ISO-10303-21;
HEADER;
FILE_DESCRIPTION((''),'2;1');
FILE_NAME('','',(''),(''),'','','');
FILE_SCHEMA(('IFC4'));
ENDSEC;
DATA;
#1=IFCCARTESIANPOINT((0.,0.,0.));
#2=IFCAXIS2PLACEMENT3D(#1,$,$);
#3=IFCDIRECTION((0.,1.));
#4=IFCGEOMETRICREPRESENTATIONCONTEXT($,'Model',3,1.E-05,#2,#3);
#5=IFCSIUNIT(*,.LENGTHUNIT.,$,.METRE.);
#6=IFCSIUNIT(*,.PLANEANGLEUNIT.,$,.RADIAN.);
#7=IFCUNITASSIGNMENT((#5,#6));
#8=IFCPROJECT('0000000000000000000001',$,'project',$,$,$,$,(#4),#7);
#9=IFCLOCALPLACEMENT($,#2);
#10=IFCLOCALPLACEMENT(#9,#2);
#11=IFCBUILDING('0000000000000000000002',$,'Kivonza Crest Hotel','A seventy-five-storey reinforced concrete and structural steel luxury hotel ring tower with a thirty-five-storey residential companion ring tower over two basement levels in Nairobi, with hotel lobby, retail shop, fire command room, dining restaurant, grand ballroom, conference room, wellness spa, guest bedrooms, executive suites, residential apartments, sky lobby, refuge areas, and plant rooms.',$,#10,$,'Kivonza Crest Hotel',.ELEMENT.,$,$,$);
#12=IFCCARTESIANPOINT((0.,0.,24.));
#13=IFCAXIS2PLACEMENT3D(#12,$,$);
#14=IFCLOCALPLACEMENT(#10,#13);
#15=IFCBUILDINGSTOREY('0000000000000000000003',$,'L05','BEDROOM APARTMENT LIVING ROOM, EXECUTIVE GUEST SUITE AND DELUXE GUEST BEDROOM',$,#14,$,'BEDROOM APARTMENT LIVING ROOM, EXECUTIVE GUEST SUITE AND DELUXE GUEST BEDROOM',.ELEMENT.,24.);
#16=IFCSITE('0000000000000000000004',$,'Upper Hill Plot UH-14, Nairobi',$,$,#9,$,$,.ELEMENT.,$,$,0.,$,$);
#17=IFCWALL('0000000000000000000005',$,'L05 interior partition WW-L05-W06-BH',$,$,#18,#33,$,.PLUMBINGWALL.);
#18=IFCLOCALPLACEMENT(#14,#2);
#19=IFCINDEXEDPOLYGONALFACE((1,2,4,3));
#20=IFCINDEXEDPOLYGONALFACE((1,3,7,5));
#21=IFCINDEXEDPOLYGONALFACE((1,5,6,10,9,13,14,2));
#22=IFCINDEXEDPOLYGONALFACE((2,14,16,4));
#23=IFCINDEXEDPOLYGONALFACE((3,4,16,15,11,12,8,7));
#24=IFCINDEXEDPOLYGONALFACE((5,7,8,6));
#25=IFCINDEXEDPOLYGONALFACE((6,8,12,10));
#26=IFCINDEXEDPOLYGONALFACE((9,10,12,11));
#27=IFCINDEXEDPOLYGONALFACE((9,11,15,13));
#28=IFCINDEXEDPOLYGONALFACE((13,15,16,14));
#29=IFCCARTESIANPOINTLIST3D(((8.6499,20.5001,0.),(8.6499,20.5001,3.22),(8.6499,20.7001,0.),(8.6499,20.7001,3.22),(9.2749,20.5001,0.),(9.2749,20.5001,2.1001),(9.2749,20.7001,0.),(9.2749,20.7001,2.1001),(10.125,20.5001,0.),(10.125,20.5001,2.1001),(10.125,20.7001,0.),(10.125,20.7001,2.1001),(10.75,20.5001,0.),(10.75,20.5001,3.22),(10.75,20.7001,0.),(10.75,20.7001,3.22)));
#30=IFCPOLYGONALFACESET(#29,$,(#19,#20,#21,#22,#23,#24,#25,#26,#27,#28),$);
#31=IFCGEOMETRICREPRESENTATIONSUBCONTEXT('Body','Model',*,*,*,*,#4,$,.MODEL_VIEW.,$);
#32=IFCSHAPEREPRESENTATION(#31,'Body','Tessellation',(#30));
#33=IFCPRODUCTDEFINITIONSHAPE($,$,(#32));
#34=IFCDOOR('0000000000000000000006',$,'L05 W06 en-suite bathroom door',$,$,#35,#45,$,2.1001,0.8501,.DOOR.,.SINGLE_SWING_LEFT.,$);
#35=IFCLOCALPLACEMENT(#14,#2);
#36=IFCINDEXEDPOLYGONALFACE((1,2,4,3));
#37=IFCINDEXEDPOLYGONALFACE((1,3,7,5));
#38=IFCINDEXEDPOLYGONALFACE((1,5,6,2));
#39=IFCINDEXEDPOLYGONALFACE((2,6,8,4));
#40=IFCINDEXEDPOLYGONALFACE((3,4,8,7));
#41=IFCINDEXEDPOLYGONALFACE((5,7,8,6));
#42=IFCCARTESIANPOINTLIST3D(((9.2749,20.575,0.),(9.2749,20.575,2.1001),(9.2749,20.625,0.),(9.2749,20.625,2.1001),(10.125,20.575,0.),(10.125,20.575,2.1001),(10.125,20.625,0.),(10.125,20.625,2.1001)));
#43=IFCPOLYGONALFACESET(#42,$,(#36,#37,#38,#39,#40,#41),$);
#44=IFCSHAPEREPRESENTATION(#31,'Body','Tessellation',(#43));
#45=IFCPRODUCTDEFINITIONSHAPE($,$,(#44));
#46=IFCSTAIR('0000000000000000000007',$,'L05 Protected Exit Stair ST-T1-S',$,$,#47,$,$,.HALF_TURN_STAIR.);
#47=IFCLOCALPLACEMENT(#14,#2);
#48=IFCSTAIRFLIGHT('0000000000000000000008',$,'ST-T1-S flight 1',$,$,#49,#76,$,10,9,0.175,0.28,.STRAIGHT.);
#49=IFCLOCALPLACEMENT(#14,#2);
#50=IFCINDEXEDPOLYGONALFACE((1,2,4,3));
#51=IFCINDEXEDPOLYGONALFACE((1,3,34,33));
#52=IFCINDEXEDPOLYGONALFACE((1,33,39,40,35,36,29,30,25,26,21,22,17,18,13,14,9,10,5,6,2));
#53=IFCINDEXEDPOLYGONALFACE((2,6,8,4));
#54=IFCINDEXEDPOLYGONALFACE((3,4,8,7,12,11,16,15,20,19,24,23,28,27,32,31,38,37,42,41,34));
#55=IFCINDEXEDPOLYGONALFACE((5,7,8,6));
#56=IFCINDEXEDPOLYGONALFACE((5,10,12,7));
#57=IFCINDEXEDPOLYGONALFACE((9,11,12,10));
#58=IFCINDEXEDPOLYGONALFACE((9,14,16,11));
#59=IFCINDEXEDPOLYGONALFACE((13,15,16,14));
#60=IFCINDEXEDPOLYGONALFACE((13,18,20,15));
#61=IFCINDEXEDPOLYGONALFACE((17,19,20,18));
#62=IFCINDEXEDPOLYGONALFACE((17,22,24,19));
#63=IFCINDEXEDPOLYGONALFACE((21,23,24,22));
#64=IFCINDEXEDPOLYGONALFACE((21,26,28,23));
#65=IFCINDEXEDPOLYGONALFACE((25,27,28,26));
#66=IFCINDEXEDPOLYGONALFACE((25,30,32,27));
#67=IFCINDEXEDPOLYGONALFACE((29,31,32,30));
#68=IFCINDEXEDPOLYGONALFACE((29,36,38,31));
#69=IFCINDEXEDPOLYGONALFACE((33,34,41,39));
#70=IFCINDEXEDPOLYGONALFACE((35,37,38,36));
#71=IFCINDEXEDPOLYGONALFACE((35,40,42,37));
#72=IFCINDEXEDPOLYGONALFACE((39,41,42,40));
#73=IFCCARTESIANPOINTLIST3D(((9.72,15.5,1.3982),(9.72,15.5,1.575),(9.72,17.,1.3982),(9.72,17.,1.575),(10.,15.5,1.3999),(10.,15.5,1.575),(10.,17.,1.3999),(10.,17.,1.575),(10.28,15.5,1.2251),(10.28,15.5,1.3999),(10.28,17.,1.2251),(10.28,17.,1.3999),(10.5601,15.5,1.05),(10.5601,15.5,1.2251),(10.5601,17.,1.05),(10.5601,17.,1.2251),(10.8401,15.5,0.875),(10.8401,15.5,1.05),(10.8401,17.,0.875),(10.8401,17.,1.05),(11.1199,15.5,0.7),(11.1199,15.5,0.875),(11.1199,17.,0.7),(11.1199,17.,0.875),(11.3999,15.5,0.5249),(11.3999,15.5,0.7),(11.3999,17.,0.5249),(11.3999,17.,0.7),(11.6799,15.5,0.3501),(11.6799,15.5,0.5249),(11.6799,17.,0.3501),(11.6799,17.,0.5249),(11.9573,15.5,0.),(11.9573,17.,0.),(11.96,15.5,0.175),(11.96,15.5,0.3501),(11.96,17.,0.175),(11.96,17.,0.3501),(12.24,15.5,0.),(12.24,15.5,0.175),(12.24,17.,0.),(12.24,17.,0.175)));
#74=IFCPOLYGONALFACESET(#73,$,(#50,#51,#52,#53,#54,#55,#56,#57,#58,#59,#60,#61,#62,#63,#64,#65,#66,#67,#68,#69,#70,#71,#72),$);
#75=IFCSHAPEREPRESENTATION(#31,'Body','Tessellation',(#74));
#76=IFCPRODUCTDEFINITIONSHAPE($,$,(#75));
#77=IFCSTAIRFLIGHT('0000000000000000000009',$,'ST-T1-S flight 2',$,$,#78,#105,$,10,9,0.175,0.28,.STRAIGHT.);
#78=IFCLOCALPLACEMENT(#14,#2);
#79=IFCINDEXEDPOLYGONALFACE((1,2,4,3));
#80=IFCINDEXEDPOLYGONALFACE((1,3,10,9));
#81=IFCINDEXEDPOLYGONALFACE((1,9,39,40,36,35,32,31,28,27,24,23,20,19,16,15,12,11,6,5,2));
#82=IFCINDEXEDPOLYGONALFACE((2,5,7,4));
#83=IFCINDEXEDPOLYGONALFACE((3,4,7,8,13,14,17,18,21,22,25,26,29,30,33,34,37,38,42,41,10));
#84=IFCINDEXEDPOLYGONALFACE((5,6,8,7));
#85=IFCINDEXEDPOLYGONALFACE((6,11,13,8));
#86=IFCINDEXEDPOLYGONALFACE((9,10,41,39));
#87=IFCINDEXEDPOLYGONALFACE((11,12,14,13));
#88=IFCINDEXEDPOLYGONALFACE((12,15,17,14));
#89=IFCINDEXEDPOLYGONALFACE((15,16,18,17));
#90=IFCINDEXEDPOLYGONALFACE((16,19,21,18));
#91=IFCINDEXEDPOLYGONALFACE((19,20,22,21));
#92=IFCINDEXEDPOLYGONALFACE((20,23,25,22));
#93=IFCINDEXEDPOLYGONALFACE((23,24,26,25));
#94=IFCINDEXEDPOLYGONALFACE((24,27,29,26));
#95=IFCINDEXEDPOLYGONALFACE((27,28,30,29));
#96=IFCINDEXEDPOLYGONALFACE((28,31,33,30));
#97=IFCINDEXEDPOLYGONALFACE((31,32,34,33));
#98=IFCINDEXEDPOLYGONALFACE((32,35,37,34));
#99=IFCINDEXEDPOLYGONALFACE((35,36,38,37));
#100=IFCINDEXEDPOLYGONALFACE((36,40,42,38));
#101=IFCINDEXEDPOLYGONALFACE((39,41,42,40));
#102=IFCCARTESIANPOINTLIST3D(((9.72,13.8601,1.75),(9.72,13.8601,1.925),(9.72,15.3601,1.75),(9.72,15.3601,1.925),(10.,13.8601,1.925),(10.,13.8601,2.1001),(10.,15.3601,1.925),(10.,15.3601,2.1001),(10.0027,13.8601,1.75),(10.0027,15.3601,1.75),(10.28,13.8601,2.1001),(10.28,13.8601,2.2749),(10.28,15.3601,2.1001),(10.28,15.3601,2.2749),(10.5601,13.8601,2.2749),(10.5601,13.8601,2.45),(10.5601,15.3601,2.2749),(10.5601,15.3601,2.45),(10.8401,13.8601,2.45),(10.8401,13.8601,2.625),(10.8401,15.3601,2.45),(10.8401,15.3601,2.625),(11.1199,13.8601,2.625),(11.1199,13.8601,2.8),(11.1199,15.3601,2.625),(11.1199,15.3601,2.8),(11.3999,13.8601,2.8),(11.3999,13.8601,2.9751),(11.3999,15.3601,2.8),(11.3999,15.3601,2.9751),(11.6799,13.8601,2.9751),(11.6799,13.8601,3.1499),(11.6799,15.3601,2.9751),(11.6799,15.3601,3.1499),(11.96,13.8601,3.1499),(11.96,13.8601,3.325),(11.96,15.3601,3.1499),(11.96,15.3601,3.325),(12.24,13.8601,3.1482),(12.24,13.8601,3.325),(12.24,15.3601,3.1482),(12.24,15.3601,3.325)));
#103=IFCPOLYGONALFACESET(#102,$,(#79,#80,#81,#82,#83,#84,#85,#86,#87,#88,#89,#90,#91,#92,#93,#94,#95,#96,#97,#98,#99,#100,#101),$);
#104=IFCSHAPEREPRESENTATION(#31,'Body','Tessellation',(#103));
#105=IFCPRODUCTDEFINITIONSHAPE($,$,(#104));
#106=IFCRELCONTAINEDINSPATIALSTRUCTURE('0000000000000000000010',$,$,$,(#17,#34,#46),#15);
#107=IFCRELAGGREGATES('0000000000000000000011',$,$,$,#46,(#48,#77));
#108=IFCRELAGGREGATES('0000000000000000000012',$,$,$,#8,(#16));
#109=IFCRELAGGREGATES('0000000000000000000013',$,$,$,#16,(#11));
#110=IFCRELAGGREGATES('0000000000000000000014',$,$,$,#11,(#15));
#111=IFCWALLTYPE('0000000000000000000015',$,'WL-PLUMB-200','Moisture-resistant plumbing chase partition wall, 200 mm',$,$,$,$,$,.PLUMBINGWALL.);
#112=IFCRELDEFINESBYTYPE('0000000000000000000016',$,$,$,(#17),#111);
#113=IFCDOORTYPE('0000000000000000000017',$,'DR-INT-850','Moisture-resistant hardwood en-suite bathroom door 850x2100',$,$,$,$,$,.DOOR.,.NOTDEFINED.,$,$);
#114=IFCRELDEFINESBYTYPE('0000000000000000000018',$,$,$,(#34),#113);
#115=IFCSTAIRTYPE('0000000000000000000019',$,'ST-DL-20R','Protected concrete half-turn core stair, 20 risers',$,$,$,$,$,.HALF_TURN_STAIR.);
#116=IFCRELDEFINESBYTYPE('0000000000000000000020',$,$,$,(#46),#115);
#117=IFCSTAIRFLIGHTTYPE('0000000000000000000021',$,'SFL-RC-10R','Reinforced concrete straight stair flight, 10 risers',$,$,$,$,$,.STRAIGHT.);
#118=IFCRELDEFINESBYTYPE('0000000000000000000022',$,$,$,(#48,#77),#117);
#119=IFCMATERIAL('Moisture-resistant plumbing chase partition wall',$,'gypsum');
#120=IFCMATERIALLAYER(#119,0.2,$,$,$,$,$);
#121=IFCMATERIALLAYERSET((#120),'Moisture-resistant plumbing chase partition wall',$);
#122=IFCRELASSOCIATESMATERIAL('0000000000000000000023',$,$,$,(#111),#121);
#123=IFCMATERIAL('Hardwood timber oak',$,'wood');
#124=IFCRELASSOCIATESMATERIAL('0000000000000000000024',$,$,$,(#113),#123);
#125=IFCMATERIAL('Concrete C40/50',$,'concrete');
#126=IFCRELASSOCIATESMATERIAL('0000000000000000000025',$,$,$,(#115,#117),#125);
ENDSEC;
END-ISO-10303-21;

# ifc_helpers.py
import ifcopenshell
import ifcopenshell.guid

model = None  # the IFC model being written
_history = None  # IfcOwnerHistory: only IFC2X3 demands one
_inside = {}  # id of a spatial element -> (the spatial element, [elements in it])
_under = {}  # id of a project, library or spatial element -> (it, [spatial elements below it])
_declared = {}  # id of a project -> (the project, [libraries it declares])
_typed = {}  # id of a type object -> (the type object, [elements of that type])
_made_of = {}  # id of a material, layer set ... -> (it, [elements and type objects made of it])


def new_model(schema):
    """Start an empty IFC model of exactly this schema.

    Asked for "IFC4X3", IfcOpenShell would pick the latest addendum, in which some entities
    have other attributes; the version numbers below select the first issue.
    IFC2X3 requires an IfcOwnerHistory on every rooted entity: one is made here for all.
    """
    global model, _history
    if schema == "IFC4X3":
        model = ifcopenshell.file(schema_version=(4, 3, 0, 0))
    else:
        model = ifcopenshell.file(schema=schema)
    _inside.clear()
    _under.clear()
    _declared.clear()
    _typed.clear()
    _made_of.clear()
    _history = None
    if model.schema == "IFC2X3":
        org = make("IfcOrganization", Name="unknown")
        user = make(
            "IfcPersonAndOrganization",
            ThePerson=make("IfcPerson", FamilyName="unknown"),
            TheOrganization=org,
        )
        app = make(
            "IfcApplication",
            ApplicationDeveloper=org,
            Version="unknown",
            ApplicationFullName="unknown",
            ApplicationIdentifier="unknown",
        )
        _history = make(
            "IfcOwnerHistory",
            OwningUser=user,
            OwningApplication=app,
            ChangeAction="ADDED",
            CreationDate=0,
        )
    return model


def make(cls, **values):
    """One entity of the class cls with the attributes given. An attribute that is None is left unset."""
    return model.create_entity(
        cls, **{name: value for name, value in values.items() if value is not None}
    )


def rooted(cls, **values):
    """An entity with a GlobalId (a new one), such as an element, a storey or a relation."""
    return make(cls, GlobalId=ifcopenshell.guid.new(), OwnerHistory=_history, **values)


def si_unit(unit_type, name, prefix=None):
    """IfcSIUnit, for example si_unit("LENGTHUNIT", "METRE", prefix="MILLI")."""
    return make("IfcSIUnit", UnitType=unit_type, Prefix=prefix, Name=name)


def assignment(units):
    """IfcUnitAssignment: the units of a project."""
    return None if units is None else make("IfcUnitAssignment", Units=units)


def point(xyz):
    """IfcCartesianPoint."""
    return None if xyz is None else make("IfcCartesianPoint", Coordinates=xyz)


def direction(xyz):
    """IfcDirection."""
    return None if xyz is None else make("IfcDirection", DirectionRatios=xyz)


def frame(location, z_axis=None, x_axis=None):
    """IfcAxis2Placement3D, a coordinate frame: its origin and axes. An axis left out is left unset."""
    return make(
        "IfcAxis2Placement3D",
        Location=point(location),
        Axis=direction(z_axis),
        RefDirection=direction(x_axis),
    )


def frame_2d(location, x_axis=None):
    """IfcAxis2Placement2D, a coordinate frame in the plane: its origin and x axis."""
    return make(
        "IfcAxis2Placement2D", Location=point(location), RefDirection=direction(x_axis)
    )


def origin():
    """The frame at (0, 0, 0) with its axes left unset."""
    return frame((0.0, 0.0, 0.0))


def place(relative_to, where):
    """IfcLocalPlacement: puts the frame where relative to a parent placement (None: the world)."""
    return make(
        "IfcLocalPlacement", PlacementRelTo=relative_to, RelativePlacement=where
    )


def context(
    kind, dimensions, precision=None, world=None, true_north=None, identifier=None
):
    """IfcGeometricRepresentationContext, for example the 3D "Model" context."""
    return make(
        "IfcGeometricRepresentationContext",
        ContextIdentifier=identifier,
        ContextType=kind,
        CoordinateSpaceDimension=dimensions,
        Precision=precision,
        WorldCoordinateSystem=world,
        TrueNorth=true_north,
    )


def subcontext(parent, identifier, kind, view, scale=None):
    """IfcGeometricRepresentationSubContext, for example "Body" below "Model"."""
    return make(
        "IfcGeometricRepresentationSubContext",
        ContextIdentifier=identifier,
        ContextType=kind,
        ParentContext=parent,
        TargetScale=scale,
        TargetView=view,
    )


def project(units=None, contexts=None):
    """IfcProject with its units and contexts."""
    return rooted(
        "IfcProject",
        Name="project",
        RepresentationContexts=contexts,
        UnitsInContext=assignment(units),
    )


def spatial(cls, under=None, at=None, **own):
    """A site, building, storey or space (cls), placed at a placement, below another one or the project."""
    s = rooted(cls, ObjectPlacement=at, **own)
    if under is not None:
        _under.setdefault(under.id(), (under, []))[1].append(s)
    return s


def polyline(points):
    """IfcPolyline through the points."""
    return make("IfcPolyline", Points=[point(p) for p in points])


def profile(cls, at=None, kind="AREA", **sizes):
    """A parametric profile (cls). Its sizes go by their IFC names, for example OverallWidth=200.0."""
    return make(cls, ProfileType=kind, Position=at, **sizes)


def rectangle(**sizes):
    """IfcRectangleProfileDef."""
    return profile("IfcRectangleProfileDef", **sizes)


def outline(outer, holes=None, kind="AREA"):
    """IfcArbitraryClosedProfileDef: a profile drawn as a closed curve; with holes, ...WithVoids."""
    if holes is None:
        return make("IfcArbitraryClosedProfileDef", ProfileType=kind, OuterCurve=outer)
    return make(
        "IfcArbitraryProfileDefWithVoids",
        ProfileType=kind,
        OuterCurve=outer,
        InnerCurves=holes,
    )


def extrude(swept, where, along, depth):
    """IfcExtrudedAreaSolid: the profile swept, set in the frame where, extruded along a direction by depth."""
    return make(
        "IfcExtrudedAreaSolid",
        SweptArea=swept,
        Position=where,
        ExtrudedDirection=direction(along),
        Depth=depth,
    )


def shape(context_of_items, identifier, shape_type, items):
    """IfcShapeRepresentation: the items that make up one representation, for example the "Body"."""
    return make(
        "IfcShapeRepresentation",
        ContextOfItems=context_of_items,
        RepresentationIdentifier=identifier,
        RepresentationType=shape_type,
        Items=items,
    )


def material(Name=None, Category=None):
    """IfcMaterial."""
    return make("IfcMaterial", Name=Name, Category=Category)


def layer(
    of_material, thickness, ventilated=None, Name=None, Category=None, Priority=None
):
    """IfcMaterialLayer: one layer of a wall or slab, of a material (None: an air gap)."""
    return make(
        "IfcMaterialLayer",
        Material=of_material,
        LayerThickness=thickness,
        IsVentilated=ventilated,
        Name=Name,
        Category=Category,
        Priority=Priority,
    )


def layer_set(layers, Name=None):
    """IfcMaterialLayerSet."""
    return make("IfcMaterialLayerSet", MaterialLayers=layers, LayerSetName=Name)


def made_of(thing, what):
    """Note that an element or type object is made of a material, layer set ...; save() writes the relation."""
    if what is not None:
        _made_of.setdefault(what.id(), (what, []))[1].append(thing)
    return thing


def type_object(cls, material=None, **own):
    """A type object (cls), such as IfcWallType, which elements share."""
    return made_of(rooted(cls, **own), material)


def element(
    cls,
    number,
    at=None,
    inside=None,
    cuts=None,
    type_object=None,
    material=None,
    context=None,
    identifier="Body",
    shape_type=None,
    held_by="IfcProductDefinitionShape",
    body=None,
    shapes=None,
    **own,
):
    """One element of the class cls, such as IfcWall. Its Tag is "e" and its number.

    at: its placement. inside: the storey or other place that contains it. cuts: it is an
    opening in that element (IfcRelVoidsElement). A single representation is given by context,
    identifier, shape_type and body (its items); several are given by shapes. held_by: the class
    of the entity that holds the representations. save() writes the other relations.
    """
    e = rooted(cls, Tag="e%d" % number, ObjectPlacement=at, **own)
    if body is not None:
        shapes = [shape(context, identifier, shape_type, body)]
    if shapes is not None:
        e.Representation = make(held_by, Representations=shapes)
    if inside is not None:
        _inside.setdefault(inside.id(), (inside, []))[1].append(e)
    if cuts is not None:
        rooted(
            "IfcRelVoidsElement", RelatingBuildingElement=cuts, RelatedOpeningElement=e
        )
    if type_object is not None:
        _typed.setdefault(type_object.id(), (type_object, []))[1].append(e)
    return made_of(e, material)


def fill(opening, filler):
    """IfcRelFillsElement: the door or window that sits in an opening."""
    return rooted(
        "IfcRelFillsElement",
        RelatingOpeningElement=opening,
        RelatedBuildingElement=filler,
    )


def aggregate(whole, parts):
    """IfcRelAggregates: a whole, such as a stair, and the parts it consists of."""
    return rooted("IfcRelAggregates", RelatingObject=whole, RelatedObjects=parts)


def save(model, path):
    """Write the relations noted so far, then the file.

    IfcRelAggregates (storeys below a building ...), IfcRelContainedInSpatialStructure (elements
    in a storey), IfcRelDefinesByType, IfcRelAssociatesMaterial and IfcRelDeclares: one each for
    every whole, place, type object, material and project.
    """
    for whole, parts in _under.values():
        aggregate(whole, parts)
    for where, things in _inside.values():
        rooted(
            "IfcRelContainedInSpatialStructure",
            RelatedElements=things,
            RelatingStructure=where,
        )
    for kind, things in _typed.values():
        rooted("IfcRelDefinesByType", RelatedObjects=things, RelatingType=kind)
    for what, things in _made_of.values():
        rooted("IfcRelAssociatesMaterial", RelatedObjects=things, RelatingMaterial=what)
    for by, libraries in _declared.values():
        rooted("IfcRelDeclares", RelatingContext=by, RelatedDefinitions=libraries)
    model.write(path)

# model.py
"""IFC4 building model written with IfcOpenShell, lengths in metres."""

from ifc_helpers import new_model, si_unit, direction, frame, frame_2d, origin, place, context, subcontext, project, spatial, polyline, rectangle, outline, extrude, material, layer, layer_set, type_object, element, fill, aggregate, save


model = new_model("IFC4")

# Units and contexts
model_context = context("Model", 3, precision=1e-05, world=origin(), true_north=direction((0.0, 1.0)))
body_context = subcontext(model_context, "Body", "Model", "MODEL_VIEW")
ifc_project = project(units=[si_unit("LENGTHUNIT", "METRE"), si_unit("PLANEANGLEUNIT", "RADIAN")], contexts=[model_context])

# Site, building, storey
site_placement = place(None, origin())
site = spatial("IfcSite", under=ifc_project, at=site_placement, Name="Upper Hill Plot UH-14, Nairobi", CompositionType="ELEMENT", RefElevation=0.0)
building_placement = place(site_placement, origin())
building = spatial("IfcBuilding", under=site, at=building_placement, Name="Kivonza Crest Hotel", Description="A seventy-five-storey reinforced concrete and structural steel luxury hotel ring tower with a thirty-five-storey residential companion ring tower over two basement levels in Nairobi, with hotel lobby, retail shop, fire command room, dining restaurant, grand ballroom, conference room, wellness spa, guest bedrooms, executive suites, residential apartments, sky lobby, refuge areas, and plant rooms.", LongName="Kivonza Crest Hotel", CompositionType="ELEMENT")
storey_placement = place(building_placement, frame((0.0, 0.0, 24.0)))
storey = spatial("IfcBuildingStorey", under=building, at=storey_placement, Name="L05", Description="BEDROOM APARTMENT LIVING ROOM, EXECUTIVE GUEST SUITE AND DELUXE GUEST BEDROOM", LongName="BEDROOM APARTMENT LIVING ROOM, EXECUTIVE GUEST SUITE AND DELUXE GUEST BEDROOM", CompositionType="ELEMENT", Elevation=24.0)

# Shared definitions
ifc_material_1 = material(Name="Hardwood timber oak", Category="wood")

# Wall, opening, door
ifc_material_2 = material(Name="Moisture-resistant plumbing chase partition wall", Category="gypsum")
ifc_layer_1 = layer(ifc_material_2, 0.2)
ifc_layer_set_1 = layer_set([ifc_layer_1], Name="Moisture-resistant plumbing chase partition wall")
wall_type_1 = type_object("IfcWallType", Name="WL-PLUMB-200", Description="Moisture-resistant plumbing chase partition wall, 200 mm", PredefinedType="PLUMBINGWALL", material=ifc_layer_set_1)
wall_1_placement = place(storey_placement, frame((8.6499, 20.6001, 0.0), z_axis=(0.0, 0.0, 1.0), x_axis=(1.0, 0.0, 0.0)))
wall_1 = element("IfcWall", 1, at=wall_1_placement, inside=storey, type_object=wall_type_1, Name="L05 interior partition WW-L05-W06-BH", PredefinedType="PLUMBINGWALL", context=body_context, shape_type="SweptSolid", body=[
    extrude(rectangle(XDim=2.1001, YDim=0.2, at=frame_2d((1.05, 0.0))), origin(), (0.0, 0.0, 1.0), 3.22),
])
opening_1_placement = place(wall_1_placement, frame((0.625, 0.0, 0.0)))
opening_1 = element("IfcOpeningElement", 2, at=opening_1_placement, cuts=wall_1, PredefinedType="OPENING", context=body_context, shape_type="SweptSolid", body=[
    extrude(rectangle(XDim=0.8501, YDim=2.1001, at=frame_2d((0.425, 1.05))), frame((0.0, 0.1099, 0.0), z_axis=(0.0, -1.0, 0.0), x_axis=(1.0, 0.0, 0.0)), (0.0, 0.0, 1.0), 0.22),
])
door_type_1 = type_object("IfcDoorType", Name="DR-INT-850", Description="Moisture-resistant hardwood en-suite bathroom door 850x2100", OperationType="NOTDEFINED", PredefinedType="DOOR", material=ifc_material_1)
door_1_placement = place(opening_1_placement, origin())
door_1 = element("IfcDoor", 3, at=door_1_placement, inside=storey, type_object=door_type_1, Name="L05 W06 en-suite bathroom door", OperationType="SINGLE_SWING_LEFT", OverallHeight=2.1001, OverallWidth=0.8501, PredefinedType="DOOR", context=body_context, shape_type="SweptSolid", body=[
    extrude(rectangle(XDim=0.8501, YDim=2.1001, at=frame_2d((0.425, 1.05))), frame((0.0, 0.0249, 0.0), z_axis=(0.0, -1.0, 0.0), x_axis=(1.0, 0.0, 0.0)), (0.0, 0.0, 1.0), 0.05),
])
fill(opening_1, door_1)

# Stair, stair flights
ifc_material_3 = material(Name="Concrete C40/50", Category="concrete")
stair_type = type_object("IfcStairType", Name="ST-DL-20R", Description="Protected concrete half-turn core stair, 20 risers", PredefinedType="HALF_TURN_STAIR", material=ifc_material_3)
stair_placement = place(storey_placement, origin())
stair = element("IfcStair", 4, at=stair_placement, inside=storey, type_object=stair_type, Name="L05 Protected Exit Stair ST-T1-S", PredefinedType="HALF_TURN_STAIR")
stair_flight_type = type_object("IfcStairFlightType", Name="SFL-RC-10R", Description="Reinforced concrete straight stair flight, 10 risers", PredefinedType="STRAIGHT", material=ifc_material_3)
stair_flight_1_placement = place(storey_placement, frame((12.24, 16.25, 0.0), z_axis=(0.0, 0.0, 1.0), x_axis=(-1.0, 0.0, 0.0)))
stair_flight_1 = element("IfcStairFlight", 5, at=stair_flight_1_placement, type_object=stair_flight_type, Name="ST-T1-S flight 1", NumberOfRisers=10, NumberOfTreads=9, PredefinedType="STRAIGHT", RiserHeight=0.175, TreadLength=0.28, context=body_context, shape_type="SweptSolid", body=[
    extrude(outline(polyline([(0.0, 0.0), (0.0, 0.175), (0.28, 0.175), (0.28, 0.3501), (0.5601, 0.3501), (0.5601, 0.5249), (0.8401, 0.5249), (0.8401, 0.7), (1.1201, 0.7), (1.1201, 0.875), (1.3999, 0.875), (1.3999, 1.05), (1.6799, 1.05), (1.6799, 1.2251), (1.96, 1.2251), (1.96, 1.3999), (2.24, 1.3999), (2.24, 1.575), (2.52, 1.575), (2.52, 1.75), (2.52, 1.3982), (0.2827, 0.0), (0.0, 0.0)])), frame((0.0, 0.75, 0.0), z_axis=(0.0, -1.0, 0.0), x_axis=(1.0, 0.0, 0.0)), (0.0, 0.0, 1.0), 1.5),
])
stair_flight_2_placement = place(storey_placement, frame((9.72, 14.6101, 1.75), z_axis=(0.0, 0.0, 1.0), x_axis=(1.0, 0.0, 0.0)))
stair_flight_2 = element("IfcStairFlight", 6, at=stair_flight_2_placement, type_object=stair_flight_type, Name="ST-T1-S flight 2", NumberOfRisers=10, NumberOfTreads=9, PredefinedType="STRAIGHT", RiserHeight=0.175, TreadLength=0.28, context=body_context, shape_type="SweptSolid", body=[
    extrude(outline(polyline([(0.0, 0.0), (0.0, 0.175), (0.28, 0.175), (0.28, 0.3501), (0.5601, 0.3501), (0.5601, 0.5249), (0.8401, 0.5249), (0.8401, 0.7), (1.1201, 0.7), (1.1201, 0.875), (1.3999, 0.875), (1.3999, 1.05), (1.6799, 1.05), (1.6799, 1.2251), (1.96, 1.2251), (1.96, 1.3999), (2.24, 1.3999), (2.24, 1.575), (2.52, 1.575), (2.52, 1.75), (2.52, 1.3982), (0.2827, 0.0), (0.0, 0.0)])), frame((0.0, 0.75, 0.0), z_axis=(0.0, -1.0, 0.0), x_axis=(1.0, 0.0, 0.0)), (0.0, 0.0, 1.0), 1.5),
])
aggregate(stair, [stair_flight_1, stair_flight_2])

save(model, "model.ifc")
